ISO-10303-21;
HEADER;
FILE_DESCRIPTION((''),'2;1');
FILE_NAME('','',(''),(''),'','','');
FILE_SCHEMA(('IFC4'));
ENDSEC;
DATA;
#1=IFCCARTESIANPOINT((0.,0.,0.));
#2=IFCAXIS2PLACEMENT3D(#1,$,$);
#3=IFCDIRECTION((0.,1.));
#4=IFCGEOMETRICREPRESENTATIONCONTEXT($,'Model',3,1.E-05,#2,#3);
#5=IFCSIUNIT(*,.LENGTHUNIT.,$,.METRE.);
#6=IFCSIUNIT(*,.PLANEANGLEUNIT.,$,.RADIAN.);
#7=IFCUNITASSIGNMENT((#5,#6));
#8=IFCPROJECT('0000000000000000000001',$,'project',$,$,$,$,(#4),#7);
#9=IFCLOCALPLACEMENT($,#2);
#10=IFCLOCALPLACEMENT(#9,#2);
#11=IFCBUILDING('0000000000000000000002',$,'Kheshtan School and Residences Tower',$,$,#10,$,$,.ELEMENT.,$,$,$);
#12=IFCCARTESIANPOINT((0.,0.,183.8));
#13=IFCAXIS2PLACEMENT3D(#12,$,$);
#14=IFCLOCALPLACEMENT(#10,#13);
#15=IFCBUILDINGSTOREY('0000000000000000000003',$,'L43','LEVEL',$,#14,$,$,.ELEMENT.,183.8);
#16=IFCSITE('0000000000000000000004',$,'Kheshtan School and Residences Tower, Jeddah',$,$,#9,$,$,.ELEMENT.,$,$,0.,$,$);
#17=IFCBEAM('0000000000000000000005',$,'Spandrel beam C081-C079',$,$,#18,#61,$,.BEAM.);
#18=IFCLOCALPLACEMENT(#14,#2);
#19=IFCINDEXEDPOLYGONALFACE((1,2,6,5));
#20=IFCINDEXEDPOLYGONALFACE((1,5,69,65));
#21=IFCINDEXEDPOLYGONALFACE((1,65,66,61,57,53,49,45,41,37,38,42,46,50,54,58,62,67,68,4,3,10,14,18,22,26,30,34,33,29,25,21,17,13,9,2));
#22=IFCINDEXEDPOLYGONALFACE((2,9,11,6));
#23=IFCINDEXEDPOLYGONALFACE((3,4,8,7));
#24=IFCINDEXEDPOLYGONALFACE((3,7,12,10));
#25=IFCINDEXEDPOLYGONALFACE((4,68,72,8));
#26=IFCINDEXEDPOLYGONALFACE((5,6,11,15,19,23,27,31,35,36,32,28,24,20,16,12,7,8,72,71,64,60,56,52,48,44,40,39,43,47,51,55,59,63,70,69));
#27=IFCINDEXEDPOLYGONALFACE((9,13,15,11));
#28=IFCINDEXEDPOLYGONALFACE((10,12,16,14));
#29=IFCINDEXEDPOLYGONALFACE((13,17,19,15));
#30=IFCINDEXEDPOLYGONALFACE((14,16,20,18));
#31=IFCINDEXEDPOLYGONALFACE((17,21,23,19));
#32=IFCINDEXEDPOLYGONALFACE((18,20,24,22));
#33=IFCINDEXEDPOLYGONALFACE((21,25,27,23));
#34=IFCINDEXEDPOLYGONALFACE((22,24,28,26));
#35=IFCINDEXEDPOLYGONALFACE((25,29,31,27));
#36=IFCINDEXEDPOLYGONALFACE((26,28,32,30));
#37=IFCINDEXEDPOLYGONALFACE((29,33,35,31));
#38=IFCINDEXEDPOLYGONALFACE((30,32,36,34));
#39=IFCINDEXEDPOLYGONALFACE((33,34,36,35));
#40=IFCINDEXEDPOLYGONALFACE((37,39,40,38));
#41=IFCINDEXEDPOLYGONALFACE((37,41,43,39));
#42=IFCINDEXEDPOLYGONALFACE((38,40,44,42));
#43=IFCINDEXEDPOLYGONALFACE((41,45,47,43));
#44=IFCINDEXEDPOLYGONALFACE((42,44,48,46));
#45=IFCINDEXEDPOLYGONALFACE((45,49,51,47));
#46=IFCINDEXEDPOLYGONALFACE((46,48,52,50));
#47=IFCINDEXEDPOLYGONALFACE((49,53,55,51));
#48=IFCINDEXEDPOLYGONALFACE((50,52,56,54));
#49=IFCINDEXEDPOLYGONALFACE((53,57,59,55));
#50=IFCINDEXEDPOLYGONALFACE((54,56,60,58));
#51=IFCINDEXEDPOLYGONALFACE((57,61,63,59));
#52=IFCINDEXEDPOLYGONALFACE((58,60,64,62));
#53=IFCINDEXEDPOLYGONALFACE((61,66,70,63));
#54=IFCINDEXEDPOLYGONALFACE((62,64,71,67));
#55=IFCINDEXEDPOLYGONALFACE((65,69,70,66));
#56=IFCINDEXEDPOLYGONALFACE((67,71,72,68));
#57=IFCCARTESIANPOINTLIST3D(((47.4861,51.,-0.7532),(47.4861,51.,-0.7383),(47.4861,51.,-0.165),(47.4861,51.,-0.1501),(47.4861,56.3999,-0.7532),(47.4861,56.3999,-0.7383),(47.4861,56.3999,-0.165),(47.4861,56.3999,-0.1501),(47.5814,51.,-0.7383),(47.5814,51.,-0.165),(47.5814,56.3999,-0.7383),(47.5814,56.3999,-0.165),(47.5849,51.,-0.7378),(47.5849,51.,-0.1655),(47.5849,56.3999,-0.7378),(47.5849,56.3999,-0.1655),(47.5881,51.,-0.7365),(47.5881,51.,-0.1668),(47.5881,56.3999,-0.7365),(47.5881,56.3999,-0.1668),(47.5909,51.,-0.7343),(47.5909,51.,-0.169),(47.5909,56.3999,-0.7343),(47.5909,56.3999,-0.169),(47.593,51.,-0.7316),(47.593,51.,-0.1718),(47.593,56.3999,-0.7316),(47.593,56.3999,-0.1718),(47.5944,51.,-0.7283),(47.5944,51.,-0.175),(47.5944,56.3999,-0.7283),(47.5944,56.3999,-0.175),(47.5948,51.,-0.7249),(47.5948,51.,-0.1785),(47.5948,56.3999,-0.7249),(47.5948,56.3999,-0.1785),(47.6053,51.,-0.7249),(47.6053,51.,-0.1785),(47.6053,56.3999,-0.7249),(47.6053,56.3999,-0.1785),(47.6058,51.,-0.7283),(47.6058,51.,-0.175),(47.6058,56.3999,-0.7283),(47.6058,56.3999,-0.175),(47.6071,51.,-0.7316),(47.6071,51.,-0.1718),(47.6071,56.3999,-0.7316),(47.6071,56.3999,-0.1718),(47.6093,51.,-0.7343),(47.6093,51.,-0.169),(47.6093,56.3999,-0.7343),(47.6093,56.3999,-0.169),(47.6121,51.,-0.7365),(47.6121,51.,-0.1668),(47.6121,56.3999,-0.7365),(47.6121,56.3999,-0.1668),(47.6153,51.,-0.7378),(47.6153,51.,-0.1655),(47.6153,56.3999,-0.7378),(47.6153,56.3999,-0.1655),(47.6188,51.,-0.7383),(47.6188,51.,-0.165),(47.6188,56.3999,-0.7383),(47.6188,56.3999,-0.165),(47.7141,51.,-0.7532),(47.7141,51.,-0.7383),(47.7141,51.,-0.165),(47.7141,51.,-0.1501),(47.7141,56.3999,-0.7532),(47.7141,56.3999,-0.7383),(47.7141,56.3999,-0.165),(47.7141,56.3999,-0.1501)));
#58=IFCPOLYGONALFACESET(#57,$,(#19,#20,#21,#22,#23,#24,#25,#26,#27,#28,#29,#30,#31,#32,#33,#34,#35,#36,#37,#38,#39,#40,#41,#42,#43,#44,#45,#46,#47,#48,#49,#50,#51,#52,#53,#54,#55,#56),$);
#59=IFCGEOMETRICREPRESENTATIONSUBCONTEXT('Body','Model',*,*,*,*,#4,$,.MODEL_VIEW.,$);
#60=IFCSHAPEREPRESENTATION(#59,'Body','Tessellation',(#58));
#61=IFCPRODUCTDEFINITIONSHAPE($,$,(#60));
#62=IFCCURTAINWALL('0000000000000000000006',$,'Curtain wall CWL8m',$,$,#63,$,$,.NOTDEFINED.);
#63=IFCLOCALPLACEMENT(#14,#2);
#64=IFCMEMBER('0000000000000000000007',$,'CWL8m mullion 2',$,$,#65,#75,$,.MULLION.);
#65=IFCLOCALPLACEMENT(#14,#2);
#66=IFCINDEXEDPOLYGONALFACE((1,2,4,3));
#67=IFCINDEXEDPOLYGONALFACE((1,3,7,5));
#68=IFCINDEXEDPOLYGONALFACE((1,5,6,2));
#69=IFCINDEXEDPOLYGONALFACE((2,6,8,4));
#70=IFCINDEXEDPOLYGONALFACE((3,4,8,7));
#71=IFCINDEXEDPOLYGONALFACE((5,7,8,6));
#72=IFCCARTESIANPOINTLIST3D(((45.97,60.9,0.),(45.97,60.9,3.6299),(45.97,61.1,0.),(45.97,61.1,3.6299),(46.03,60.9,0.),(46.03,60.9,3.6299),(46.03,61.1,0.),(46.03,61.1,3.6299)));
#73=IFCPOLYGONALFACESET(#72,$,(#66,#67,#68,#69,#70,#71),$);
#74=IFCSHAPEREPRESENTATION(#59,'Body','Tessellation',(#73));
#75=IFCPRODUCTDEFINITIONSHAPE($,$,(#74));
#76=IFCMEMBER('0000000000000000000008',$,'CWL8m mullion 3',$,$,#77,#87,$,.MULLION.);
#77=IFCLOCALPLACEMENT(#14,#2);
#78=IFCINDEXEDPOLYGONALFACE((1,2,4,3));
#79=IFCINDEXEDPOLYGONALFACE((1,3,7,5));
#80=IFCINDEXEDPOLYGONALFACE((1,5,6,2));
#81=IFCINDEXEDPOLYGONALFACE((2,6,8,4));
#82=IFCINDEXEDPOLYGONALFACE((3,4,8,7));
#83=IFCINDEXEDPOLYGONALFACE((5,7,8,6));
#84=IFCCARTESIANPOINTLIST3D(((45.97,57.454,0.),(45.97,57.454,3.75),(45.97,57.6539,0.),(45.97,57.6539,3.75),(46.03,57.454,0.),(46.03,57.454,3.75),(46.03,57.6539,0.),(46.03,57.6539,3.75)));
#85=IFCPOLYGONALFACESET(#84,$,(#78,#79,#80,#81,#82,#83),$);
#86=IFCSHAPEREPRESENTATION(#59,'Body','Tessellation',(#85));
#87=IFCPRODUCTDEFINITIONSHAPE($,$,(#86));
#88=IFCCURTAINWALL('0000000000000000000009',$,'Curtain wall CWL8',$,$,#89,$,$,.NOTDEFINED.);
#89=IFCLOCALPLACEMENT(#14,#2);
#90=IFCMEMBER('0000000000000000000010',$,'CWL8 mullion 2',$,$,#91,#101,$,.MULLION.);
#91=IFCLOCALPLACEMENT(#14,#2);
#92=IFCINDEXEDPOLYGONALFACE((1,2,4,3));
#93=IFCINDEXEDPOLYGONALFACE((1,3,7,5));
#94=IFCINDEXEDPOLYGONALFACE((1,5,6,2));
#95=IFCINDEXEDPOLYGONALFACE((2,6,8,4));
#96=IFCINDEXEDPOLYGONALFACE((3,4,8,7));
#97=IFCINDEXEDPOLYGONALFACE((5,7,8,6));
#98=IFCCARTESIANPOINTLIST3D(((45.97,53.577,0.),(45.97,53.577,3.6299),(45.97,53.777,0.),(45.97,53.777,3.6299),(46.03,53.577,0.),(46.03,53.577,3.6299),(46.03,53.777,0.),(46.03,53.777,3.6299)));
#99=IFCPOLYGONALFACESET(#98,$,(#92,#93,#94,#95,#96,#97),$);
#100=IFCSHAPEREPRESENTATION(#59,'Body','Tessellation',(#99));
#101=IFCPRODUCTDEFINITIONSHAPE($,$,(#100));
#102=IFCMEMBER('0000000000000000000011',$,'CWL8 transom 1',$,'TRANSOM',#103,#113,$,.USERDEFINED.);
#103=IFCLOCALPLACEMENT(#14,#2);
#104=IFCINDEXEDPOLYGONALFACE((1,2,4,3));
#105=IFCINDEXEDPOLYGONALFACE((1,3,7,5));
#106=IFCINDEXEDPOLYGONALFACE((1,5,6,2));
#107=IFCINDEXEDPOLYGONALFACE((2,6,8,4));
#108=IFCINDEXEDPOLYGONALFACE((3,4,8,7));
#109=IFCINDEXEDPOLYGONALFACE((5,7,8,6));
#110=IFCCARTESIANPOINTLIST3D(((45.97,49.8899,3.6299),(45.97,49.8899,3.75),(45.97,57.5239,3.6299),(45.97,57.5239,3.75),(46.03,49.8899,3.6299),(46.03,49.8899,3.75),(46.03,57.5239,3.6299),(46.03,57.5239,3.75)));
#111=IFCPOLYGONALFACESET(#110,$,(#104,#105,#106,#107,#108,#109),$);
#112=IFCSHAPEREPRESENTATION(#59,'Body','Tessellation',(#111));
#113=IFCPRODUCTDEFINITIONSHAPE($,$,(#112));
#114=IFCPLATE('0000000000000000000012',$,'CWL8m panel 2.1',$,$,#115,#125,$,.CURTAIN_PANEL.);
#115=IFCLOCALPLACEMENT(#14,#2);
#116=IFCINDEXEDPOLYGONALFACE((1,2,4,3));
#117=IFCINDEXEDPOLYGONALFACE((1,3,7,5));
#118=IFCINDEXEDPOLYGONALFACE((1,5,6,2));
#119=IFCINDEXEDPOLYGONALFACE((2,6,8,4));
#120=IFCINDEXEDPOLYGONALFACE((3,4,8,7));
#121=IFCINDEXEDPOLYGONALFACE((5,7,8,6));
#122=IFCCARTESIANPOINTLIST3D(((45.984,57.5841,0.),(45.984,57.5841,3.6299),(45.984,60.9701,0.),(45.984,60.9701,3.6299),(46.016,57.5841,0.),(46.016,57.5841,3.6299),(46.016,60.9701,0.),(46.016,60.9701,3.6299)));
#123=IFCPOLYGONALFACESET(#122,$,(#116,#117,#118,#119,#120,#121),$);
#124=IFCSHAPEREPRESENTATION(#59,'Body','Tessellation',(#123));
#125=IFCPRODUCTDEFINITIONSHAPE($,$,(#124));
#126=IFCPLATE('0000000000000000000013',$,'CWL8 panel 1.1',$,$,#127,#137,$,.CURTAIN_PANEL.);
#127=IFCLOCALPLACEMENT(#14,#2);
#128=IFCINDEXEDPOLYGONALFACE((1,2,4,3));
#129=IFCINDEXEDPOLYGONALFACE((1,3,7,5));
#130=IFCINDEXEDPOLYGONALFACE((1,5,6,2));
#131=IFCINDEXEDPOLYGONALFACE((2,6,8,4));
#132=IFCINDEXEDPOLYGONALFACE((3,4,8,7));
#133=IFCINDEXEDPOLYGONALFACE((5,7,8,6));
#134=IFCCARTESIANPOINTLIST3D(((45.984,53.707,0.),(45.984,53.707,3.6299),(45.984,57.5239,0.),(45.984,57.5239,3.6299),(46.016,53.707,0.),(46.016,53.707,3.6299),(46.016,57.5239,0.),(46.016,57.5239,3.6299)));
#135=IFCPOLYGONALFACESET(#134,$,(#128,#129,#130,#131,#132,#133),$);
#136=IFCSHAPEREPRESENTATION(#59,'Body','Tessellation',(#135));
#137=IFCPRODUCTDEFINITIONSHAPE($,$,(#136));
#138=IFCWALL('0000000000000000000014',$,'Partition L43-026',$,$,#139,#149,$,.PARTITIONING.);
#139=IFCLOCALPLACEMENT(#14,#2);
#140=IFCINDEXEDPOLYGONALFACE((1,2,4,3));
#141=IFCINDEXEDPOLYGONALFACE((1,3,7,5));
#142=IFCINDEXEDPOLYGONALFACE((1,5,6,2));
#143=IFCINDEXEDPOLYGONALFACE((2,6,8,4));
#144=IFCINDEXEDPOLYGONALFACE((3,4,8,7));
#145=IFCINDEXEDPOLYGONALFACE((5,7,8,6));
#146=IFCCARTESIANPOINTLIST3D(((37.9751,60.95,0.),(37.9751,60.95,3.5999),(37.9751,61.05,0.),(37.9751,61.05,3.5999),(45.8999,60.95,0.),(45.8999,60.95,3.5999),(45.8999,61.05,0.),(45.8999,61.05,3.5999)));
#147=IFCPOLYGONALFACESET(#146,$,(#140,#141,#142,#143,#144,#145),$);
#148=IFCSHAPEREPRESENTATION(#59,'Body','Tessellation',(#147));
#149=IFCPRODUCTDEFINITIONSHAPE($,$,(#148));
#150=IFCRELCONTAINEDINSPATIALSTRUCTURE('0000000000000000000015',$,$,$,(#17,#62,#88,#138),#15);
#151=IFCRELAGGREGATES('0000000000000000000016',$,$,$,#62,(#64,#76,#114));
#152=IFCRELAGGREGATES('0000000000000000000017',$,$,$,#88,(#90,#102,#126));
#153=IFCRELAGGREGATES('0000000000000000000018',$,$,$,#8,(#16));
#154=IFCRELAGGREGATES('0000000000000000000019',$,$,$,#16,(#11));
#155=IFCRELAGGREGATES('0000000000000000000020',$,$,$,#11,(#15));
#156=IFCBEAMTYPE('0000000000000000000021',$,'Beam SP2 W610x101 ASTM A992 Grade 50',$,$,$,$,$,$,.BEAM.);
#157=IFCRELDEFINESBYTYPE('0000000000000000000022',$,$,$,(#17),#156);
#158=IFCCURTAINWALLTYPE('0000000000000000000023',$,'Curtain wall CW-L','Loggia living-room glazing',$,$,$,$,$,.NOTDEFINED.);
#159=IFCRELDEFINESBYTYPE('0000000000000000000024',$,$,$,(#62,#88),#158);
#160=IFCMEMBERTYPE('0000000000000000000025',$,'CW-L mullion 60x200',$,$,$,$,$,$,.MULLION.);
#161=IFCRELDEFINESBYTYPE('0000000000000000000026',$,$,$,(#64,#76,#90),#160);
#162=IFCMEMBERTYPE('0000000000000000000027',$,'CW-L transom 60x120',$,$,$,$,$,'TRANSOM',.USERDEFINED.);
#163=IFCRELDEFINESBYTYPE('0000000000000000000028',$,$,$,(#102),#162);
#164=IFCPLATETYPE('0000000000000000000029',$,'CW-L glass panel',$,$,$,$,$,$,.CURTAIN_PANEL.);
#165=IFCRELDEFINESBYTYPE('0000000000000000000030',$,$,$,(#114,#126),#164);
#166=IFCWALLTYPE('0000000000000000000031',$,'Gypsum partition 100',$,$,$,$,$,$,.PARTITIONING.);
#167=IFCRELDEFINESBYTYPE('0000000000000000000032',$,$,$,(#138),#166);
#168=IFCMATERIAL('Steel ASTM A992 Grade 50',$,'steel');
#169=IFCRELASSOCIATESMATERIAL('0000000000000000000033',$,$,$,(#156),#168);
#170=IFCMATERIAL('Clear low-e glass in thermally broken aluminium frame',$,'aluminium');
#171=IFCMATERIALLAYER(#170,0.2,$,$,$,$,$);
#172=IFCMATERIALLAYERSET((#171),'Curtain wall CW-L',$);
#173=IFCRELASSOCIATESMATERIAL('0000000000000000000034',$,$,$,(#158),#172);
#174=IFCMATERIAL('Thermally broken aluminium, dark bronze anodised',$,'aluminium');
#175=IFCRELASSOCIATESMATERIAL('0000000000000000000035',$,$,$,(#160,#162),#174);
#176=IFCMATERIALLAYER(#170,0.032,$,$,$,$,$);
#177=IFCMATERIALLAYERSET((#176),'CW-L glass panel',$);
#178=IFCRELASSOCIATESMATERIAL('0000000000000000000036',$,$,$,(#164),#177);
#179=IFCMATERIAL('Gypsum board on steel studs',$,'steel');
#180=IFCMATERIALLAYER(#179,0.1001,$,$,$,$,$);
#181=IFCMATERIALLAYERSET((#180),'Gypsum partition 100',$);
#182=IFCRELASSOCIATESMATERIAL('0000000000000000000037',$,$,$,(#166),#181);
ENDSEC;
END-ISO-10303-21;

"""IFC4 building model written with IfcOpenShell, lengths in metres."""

from ifc_helpers import new_model, si_unit, direction, frame, frame_2d, origin, origin_2d, place, context, subcontext, project, spatial, rectangle, i_section, extrude, material, layer, layer_set, material_profile, profile_set, type_object, element, aggregate, save


model = new_model("IFC4")

# Units and contexts
model_context = context("Model", 3, precision=1e-05, world=origin(), true_north=direction((0.0, 1.0)))
body_context = subcontext(model_context, "Body", "Model", "MODEL_VIEW")
ifc_project = project(units=[si_unit("LENGTHUNIT", "METRE"), si_unit("PLANEANGLEUNIT", "RADIAN")], contexts=[model_context])

# Site, building, storey
site_placement = place(None, origin())
site = spatial("IfcSite", under=ifc_project, at=site_placement, Name="Kheshtan School and Residences Tower, Jeddah", CompositionType="ELEMENT", RefElevation=0.0)
building_placement = place(site_placement, origin())
building = spatial("IfcBuilding", under=site, at=building_placement, Name="Kheshtan School and Residences Tower", CompositionType="ELEMENT")
storey_placement = place(building_placement, frame((0.0, 0.0, 183.8)))
storey = spatial("IfcBuildingStorey", under=building, at=storey_placement, Name="L43", Description="LEVEL", CompositionType="ELEMENT", Elevation=183.8)

# Shared definitions
ifc_material_1 = material(Name="Steel ASTM A992 Grade 50", Category="steel")

# Beam
ifc_material_profile_1 = material_profile(ifc_material_1, i_section(OverallWidth=0.228, OverallDepth=0.603, WebThickness=0.0105, FlangeThickness=0.0149, FilletRadius=0.0134, at=origin_2d()), Name="W610x101")
ifc_profile_set_1 = profile_set([ifc_material_profile_1], Name="Steel ASTM A992 Grade 50")
beam_type_1 = type_object("IfcBeamType", Name="Beam SP2 W610x101 ASTM A992 Grade 50", PredefinedType="BEAM", material=ifc_profile_set_1)
beam_1_placement = place(storey_placement, frame((47.6001, 56.3999, -0.4517), z_axis=(0.0, -1.0, 0.0), x_axis=(1.0, 0.0, 0.0)))
element("IfcBeam", 1, at=beam_1_placement, inside=storey, type_object=beam_type_1, Name="Spandrel beam C081-C079", PredefinedType="BEAM", context=body_context, shape_type="SweptSolid", body=[
    extrude(i_section(OverallWidth=0.228, OverallDepth=0.603, WebThickness=0.0105, FlangeThickness=0.0149, FilletRadius=0.0134, at=origin_2d()), origin(), (0.0, 0.0, 1.0), 5.3999),
])

# Curtain walls, members
ifc_material_2 = material(Name="Clear low-e glass in thermally broken aluminium frame", Category="aluminium")
ifc_layer_1 = layer(ifc_material_2, 0.2)
ifc_layer_set_1 = layer_set([ifc_layer_1], Name="Curtain wall CW-L")
curtain_wall_type = type_object("IfcCurtainWallType", Name="Curtain wall CW-L", Description="Loggia living-room glazing", PredefinedType="NOTDEFINED", material=ifc_layer_set_1)
curtain_wall_1_placement = place(storey_placement, origin())
curtain_wall_1 = element("IfcCurtainWall", 2, at=curtain_wall_1_placement, inside=storey, type_object=curtain_wall_type, Name="Curtain wall CWL8m", PredefinedType="NOTDEFINED")
ifc_material_3 = material(Name="Thermally broken aluminium, dark bronze anodised", Category="aluminium")
ifc_material_profile_2 = material_profile(ifc_material_3, rectangle(XDim=0.0601, YDim=0.2, at=origin_2d()), Name="CW-L mullion 60x200")
ifc_profile_set_2 = profile_set([ifc_material_profile_2], Name="Thermally broken aluminium, dark bronze anodised")
member_type_1 = type_object("IfcMemberType", Name="CW-L mullion 60x200", PredefinedType="MULLION", material=ifc_profile_set_2)
member_1_placement = place(storey_placement, frame((46.0, 61.0, 0.0), z_axis=(0.0, 0.0, 1.0), x_axis=(1.0, 0.0, 0.0)))
member_1 = element("IfcMember", 3, at=member_1_placement, type_object=member_type_1, Name="CWL8m mullion 2", PredefinedType="MULLION", context=body_context, shape_type="SweptSolid", body=[
    extrude(rectangle(XDim=0.0601, YDim=0.2, at=origin_2d()), origin(), (0.0, 0.0, 1.0), 3.6299),
])
member_2_placement = place(storey_placement, frame((46.0, 57.554, 0.0), z_axis=(0.0, 0.0, 1.0), x_axis=(1.0, 0.0, 0.0)))
member_2 = element("IfcMember", 4, at=member_2_placement, type_object=member_type_1, Name="CWL8m mullion 3", PredefinedType="MULLION", context=body_context, shape_type="SweptSolid", body=[
    extrude(rectangle(XDim=0.0601, YDim=0.2, at=origin_2d()), origin(), (0.0, 0.0, 1.0), 3.75),
])
curtain_wall_2_placement = place(storey_placement, origin())
curtain_wall_2 = element("IfcCurtainWall", 5, at=curtain_wall_2_placement, inside=storey, type_object=curtain_wall_type, Name="Curtain wall CWL8", PredefinedType="NOTDEFINED")
member_3_placement = place(storey_placement, frame((46.0, 53.677, 0.0), z_axis=(0.0, 0.0, 1.0), x_axis=(1.0, 0.0, 0.0)))
member_3 = element("IfcMember", 6, at=member_3_placement, type_object=member_type_1, Name="CWL8 mullion 2", PredefinedType="MULLION", context=body_context, shape_type="SweptSolid", body=[
    extrude(rectangle(XDim=0.0601, YDim=0.2, at=origin_2d()), origin(), (0.0, 0.0, 1.0), 3.6299),
])
ifc_material_profile_3 = material_profile(ifc_material_3, rectangle(XDim=0.0601, YDim=0.1201, at=origin_2d()), Name="CW-L transom 60x120")
ifc_profile_set_3 = profile_set([ifc_material_profile_3], Name="Thermally broken aluminium, dark bronze anodised")
member_type_2 = type_object("IfcMemberType", Name="CW-L transom 60x120", ElementType="TRANSOM", PredefinedType="USERDEFINED", material=ifc_profile_set_3)
member_4_placement = place(storey_placement, frame((46.0, 57.5239, 3.6899), z_axis=(0.0, -1.0, 0.0), x_axis=(1.0, 0.0, 0.0)))
member_4 = element("IfcMember", 7, at=member_4_placement, type_object=member_type_2, Name="CWL8 transom 1", ObjectType="TRANSOM", PredefinedType="USERDEFINED", context=body_context, shape_type="SweptSolid", body=[
    extrude(rectangle(XDim=0.0601, YDim=0.1201, at=origin_2d()), origin(), (0.0, 0.0, 1.0), 7.634),
])

# Plates
ifc_layer_2 = layer(ifc_material_2, 0.032)
ifc_layer_set_2 = layer_set([ifc_layer_2], Name="CW-L glass panel")
plate_type = type_object("IfcPlateType", Name="CW-L glass panel", PredefinedType="CURTAIN_PANEL", material=ifc_layer_set_2)
plate_1_placement = place(storey_placement, frame((46.0, 59.2771, 0.0), z_axis=(0.0, 0.0, 1.0), x_axis=(0.0, -1.0, 0.0)))
plate_1 = element("IfcPlate", 8, at=plate_1_placement, type_object=plate_type, Name="CWL8m panel 2.1", PredefinedType="CURTAIN_PANEL", context=body_context, shape_type="SweptSolid", body=[
    extrude(rectangle(XDim=3.386, YDim=0.032, at=origin_2d()), origin(), (0.0, 0.0, 1.0), 3.6299),
])
aggregate(curtain_wall_1, [member_1, member_2, plate_1])
plate_2_placement = place(storey_placement, frame((46.0, 55.6155, 0.0), z_axis=(0.0, 0.0, 1.0), x_axis=(0.0, -1.0, 0.0)))
plate_2 = element("IfcPlate", 9, at=plate_2_placement, type_object=plate_type, Name="CWL8 panel 1.1", PredefinedType="CURTAIN_PANEL", context=body_context, shape_type="SweptSolid", body=[
    extrude(rectangle(XDim=3.8169, YDim=0.032, at=origin_2d()), origin(), (0.0, 0.0, 1.0), 3.6299),
])
aggregate(curtain_wall_2, [member_3, member_4, plate_2])

# Wall
ifc_material_4 = material(Name="Gypsum board on steel studs", Category="steel")
ifc_layer_3 = layer(ifc_material_4, 0.1001)
ifc_layer_set_3 = layer_set([ifc_layer_3], Name="Gypsum partition 100")
wall_type_1 = type_object("IfcWallType", Name="Gypsum partition 100", PredefinedType="PARTITIONING", material=ifc_layer_set_3)
wall_1_placement = place(storey_placement, frame((37.9751, 61.0, 0.0), z_axis=(0.0, 0.0, 1.0), x_axis=(1.0, 0.0, 0.0)))
element("IfcWall", 10, at=wall_1_placement, inside=storey, type_object=wall_type_1, Name="Partition L43-026", PredefinedType="PARTITIONING", context=body_context, shape_type="SweptSolid", body=[
    extrude(rectangle(XDim=7.9248, YDim=0.1001, at=frame_2d((3.9624, 0.0))), origin(), (0.0, 0.0, 1.0), 3.5999),
])

save(model, "model.ifc")
